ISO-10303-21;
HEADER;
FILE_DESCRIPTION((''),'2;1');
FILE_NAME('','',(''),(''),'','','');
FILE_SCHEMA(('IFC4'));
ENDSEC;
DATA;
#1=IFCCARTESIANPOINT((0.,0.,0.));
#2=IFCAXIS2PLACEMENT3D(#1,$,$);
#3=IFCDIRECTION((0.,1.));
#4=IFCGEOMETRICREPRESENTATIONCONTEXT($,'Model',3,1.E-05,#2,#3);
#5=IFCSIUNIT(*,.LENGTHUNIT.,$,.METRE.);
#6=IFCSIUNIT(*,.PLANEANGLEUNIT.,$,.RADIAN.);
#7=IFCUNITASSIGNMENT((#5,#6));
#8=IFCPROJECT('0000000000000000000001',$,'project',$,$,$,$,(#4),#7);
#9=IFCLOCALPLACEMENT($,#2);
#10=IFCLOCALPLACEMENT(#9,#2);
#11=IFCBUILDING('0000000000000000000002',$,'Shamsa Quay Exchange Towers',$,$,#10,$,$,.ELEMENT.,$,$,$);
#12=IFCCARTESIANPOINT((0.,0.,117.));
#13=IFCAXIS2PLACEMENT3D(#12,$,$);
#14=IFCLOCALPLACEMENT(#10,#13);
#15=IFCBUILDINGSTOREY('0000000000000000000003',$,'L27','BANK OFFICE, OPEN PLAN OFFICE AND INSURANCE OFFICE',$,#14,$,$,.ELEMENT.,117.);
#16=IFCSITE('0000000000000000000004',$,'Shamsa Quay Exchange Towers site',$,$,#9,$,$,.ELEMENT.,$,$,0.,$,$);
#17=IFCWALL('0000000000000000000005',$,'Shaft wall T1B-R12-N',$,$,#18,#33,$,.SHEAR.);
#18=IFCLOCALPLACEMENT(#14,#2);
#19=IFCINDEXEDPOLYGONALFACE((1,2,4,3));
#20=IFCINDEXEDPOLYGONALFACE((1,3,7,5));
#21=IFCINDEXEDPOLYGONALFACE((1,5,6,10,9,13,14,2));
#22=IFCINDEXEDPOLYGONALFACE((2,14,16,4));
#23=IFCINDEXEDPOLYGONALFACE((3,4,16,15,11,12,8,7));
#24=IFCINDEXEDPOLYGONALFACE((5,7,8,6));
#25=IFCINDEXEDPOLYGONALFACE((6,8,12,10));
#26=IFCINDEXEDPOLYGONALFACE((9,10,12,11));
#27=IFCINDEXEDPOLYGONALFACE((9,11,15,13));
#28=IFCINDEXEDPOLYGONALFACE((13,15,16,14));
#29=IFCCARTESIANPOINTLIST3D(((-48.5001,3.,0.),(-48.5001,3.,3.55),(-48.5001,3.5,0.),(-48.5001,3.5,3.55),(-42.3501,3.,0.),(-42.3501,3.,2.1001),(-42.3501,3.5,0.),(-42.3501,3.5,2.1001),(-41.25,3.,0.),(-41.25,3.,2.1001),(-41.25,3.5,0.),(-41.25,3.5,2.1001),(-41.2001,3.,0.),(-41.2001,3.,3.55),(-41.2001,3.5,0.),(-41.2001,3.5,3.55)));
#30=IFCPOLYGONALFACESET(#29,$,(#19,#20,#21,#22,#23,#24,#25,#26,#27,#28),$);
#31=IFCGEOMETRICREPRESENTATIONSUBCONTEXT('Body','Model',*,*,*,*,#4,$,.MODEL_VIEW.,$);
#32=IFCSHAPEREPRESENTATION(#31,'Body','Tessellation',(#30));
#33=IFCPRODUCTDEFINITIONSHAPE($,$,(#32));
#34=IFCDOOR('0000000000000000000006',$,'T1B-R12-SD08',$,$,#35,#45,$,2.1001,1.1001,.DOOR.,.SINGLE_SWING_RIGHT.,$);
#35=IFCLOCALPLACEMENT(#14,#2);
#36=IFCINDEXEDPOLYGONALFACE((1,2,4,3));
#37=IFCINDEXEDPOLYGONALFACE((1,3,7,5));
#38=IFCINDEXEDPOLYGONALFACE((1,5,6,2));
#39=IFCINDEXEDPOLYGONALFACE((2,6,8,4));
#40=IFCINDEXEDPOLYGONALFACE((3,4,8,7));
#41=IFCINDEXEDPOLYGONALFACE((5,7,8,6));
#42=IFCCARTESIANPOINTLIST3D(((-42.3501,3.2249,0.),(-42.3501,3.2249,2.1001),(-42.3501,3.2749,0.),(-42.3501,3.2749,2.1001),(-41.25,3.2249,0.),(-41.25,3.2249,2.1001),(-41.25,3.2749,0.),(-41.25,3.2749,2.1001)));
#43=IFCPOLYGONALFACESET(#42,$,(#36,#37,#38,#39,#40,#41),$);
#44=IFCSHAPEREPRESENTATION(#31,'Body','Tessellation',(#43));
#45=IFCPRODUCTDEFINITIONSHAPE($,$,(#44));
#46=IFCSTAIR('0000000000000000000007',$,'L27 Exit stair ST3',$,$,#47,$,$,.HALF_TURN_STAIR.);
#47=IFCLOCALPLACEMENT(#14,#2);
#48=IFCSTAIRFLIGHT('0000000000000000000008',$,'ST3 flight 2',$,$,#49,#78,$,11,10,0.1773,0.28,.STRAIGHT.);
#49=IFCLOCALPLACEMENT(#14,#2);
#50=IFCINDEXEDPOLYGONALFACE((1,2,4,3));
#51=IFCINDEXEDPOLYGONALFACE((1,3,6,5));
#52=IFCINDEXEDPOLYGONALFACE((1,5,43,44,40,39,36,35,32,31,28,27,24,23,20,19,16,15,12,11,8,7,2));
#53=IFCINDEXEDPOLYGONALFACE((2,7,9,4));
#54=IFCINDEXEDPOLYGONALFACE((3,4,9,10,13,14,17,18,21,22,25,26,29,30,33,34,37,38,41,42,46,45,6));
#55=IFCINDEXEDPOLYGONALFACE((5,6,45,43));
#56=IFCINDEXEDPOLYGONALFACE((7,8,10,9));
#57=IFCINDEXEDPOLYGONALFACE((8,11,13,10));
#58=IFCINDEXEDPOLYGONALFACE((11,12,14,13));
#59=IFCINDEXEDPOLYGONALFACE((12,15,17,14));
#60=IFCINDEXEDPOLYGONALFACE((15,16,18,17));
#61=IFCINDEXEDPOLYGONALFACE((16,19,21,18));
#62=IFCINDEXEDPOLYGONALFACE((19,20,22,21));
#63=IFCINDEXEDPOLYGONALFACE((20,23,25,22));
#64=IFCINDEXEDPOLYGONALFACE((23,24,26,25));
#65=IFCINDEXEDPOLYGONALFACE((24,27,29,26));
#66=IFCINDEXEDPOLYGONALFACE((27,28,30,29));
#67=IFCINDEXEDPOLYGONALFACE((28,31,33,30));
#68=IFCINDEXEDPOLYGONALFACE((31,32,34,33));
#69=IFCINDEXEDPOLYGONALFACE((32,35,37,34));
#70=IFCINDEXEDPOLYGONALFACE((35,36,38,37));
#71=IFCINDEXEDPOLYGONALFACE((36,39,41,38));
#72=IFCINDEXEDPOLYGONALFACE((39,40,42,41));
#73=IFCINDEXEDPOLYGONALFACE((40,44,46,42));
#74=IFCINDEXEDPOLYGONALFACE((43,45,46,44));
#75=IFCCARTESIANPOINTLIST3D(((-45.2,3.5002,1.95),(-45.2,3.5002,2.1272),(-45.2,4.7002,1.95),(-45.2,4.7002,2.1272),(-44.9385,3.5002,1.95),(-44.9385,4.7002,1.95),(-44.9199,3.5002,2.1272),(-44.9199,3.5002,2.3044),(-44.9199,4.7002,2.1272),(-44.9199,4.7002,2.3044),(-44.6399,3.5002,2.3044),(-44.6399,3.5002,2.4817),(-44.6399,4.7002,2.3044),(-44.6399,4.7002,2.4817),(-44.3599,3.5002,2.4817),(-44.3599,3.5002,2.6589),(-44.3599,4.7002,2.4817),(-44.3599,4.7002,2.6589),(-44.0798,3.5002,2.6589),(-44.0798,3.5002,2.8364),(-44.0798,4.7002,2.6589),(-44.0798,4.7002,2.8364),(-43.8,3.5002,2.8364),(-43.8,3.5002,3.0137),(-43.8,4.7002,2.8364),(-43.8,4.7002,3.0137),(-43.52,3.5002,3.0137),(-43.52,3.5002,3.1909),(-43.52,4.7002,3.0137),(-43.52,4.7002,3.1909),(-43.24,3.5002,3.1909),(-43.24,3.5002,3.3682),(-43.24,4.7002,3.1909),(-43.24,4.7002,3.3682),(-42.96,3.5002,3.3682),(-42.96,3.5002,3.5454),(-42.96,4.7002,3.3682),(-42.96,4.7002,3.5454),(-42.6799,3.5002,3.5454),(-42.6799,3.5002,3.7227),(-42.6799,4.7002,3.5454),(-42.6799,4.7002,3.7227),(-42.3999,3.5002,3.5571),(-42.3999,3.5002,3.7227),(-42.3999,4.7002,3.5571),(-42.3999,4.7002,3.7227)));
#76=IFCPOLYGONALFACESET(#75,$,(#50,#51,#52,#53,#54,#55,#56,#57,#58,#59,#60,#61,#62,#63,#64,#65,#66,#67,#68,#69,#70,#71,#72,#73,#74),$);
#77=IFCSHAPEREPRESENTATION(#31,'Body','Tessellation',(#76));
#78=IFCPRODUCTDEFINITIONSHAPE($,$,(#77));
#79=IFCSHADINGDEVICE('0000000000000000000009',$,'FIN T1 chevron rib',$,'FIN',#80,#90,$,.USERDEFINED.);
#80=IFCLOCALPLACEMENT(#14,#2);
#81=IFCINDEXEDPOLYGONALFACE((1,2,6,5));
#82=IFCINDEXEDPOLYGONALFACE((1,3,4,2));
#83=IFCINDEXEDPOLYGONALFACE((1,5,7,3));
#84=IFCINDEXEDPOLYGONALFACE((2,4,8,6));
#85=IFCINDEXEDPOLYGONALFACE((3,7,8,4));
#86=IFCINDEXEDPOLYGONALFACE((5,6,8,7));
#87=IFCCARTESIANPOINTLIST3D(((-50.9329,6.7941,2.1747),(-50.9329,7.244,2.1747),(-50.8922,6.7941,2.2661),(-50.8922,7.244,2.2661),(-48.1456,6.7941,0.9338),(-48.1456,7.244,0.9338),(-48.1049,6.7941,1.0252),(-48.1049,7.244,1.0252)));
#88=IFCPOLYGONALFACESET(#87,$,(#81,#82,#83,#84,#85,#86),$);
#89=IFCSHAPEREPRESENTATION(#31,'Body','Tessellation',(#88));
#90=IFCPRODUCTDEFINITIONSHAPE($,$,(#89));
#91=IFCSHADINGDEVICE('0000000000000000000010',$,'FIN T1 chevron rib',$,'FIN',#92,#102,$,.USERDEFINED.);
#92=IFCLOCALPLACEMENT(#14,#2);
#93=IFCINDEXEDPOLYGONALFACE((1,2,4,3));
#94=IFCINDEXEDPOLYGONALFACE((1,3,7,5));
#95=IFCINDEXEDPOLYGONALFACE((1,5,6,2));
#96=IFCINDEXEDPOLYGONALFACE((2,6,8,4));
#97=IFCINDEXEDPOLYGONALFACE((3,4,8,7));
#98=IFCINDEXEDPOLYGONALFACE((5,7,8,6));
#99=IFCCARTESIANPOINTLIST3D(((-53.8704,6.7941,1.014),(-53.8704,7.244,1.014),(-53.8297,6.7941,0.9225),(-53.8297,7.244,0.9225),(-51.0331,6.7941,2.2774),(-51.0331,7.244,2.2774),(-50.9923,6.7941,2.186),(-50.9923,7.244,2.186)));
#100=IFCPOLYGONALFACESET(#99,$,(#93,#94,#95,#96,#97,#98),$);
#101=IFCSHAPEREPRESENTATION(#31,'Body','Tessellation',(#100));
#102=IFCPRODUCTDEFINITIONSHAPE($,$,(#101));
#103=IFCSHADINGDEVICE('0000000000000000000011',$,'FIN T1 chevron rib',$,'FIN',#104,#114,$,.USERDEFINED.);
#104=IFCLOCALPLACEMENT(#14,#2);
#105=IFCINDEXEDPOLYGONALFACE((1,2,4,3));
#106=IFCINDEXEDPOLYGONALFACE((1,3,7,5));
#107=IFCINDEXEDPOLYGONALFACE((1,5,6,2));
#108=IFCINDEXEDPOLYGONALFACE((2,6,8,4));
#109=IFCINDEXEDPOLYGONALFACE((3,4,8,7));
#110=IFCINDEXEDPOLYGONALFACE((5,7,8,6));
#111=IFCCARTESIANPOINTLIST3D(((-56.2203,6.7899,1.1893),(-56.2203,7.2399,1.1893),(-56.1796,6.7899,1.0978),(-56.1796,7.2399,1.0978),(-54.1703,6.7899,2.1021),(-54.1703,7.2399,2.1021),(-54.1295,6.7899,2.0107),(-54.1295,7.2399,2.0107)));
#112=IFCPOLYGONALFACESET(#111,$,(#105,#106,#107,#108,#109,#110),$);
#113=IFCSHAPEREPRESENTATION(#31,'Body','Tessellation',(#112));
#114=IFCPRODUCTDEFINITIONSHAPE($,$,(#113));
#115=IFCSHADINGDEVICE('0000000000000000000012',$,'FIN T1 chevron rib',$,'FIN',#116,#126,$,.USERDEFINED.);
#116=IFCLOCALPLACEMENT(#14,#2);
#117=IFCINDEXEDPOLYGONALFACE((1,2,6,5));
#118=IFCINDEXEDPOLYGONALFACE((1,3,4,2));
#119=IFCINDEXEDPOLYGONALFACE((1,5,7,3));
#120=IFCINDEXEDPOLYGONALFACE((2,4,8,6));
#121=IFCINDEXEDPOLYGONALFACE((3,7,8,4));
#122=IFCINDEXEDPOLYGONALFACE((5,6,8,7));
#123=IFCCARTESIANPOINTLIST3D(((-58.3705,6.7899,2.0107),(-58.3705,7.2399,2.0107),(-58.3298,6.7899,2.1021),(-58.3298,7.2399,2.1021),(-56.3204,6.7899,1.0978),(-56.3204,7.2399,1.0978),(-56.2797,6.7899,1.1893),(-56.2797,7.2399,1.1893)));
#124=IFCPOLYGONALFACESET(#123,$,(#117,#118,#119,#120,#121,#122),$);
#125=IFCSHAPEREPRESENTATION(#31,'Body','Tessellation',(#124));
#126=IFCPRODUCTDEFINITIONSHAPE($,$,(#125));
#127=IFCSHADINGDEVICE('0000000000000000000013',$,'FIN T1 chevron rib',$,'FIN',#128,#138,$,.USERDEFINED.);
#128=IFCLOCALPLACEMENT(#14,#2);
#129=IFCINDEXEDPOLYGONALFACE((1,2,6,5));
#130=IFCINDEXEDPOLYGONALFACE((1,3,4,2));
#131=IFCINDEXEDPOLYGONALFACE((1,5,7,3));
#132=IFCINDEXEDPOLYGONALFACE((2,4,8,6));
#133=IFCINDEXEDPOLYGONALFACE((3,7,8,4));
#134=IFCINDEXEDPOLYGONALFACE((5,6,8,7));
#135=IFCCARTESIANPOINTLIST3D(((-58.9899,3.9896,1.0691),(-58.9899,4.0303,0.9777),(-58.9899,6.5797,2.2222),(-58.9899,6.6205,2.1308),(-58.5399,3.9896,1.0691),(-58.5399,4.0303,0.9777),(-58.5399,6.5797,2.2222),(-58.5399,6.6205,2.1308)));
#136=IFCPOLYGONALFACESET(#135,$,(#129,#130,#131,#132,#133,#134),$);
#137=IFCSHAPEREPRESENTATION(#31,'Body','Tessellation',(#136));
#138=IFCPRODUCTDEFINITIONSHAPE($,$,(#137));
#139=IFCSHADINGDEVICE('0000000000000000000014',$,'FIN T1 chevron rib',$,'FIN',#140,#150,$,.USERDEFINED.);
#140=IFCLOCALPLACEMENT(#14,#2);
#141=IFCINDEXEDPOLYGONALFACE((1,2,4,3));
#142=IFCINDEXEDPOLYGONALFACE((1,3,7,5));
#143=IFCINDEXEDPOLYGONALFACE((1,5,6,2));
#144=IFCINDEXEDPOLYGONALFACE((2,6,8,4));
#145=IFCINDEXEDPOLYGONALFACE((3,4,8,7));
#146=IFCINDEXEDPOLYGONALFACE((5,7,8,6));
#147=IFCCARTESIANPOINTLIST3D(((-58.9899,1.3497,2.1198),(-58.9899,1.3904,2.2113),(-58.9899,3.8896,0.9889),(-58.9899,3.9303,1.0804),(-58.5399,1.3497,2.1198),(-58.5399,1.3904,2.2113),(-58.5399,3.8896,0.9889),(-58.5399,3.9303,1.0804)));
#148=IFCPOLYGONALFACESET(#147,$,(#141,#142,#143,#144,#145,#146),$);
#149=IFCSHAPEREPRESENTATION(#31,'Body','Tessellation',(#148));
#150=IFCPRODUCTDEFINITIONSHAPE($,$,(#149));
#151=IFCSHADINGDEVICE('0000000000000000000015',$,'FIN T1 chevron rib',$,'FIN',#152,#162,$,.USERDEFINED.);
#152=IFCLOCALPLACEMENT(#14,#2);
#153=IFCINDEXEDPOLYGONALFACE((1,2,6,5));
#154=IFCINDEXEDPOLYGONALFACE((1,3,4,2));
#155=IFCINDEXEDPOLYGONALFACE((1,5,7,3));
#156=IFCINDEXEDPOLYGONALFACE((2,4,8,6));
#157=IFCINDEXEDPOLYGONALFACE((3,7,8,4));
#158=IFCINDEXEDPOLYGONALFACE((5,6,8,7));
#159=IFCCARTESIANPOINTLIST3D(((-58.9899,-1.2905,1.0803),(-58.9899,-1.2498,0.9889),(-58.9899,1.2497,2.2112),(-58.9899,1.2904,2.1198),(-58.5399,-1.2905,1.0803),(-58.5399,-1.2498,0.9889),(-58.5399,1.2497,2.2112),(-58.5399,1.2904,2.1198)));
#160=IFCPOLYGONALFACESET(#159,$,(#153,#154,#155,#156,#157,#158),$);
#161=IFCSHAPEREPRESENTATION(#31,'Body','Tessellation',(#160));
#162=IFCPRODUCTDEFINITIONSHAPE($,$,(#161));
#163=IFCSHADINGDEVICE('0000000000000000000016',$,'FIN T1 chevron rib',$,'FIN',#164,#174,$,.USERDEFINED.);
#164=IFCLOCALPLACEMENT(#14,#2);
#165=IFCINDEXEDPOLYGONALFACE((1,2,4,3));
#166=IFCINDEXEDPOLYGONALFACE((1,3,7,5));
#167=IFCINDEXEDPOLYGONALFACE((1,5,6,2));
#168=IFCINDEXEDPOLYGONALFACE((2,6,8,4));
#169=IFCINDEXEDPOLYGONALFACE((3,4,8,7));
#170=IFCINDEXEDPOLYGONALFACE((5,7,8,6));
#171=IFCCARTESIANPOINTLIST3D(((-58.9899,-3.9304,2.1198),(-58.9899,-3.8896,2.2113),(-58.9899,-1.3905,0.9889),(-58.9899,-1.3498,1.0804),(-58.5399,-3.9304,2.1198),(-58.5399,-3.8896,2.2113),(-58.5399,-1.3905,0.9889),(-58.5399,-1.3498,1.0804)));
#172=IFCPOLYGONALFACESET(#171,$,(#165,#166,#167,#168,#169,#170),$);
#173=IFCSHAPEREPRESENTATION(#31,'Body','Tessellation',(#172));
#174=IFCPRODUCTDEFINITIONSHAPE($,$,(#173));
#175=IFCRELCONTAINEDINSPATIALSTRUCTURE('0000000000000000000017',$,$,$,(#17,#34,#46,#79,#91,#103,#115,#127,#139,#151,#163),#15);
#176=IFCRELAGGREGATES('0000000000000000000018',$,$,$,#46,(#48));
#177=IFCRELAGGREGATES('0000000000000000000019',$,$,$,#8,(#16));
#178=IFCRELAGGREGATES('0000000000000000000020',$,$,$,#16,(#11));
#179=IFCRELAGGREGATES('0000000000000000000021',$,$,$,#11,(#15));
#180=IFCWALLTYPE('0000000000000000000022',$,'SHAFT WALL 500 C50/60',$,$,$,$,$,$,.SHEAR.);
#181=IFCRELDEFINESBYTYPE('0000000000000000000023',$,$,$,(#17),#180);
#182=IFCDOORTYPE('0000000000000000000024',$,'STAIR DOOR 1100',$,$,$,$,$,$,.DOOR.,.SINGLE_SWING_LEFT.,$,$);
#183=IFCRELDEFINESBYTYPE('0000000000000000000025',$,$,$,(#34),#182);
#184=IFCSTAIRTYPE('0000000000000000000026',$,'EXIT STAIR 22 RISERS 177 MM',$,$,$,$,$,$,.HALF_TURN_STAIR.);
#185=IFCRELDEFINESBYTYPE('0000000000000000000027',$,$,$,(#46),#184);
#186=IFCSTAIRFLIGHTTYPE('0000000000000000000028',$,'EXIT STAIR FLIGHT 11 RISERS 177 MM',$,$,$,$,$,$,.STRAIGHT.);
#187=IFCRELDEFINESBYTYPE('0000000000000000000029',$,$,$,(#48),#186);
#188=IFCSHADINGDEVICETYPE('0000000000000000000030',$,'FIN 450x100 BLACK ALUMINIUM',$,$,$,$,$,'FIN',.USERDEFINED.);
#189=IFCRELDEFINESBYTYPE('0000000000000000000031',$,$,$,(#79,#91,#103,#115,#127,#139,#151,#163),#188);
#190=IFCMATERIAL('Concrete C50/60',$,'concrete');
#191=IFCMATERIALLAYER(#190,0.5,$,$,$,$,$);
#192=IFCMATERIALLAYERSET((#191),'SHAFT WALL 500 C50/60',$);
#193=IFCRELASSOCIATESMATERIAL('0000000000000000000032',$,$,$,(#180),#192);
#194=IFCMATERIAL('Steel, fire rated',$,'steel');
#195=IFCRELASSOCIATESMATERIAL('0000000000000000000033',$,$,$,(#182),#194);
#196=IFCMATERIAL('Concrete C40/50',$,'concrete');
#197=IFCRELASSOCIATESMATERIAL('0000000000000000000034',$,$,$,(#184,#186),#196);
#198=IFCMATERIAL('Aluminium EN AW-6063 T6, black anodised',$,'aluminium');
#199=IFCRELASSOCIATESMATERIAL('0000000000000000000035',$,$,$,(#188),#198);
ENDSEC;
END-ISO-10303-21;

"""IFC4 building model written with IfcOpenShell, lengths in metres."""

from ifc_helpers import new_model, si_unit, direction, frame, frame_2d, origin, origin_2d, place, context, subcontext, project, spatial, polyline, rectangle, outline, extrude, material, layer, layer_set, material_profile, profile_set, type_object, element, fill, aggregate, save


model = new_model("IFC4")

# Units and contexts
model_context = context("Model", 3, precision=1e-05, world=origin(), true_north=direction((0.0, 1.0)))
body_context = subcontext(model_context, "Body", "Model", "MODEL_VIEW")
ifc_project = project(units=[si_unit("LENGTHUNIT", "METRE"), si_unit("PLANEANGLEUNIT", "RADIAN")], contexts=[model_context])

# Site, building, storey
site_placement = place(None, origin())
site = spatial("IfcSite", under=ifc_project, at=site_placement, Name="Shamsa Quay Exchange Towers site", CompositionType="ELEMENT", RefElevation=0.0)
building_placement = place(site_placement, origin())
building = spatial("IfcBuilding", under=site, at=building_placement, Name="Shamsa Quay Exchange Towers", CompositionType="ELEMENT")
storey_placement = place(building_placement, frame((0.0, 0.0, 117.0)))
storey = spatial("IfcBuildingStorey", under=building, at=storey_placement, Name="L27", Description="BANK OFFICE, OPEN PLAN OFFICE AND INSURANCE OFFICE", CompositionType="ELEMENT", Elevation=117.0)

# Shared definitions
ifc_material_1 = material(Name="Aluminium EN AW-6063 T6, black anodised", Category="aluminium")

# Shared definitions
ifc_material_2 = material(Name="Concrete C50/60", Category="concrete")
ifc_material_3 = material(Name="Steel, fire rated", Category="steel")

# Wall, opening, door
ifc_layer_1 = layer(ifc_material_2, 0.5)
ifc_layer_set_1 = layer_set([ifc_layer_1], Name="SHAFT WALL 500 C50/60")
wall_type_1 = type_object("IfcWallType", Name="SHAFT WALL 500 C50/60", PredefinedType="SHEAR", material=ifc_layer_set_1)
wall_1_placement = place(storey_placement, frame((-48.5, 3.25, 0.0)))
wall_1 = element("IfcWall", 1, at=wall_1_placement, inside=storey, type_object=wall_type_1, Name="Shaft wall T1B-R12-N", PredefinedType="SHEAR", context=body_context, shape_type="SweptSolid", body=[
    extrude(rectangle(XDim=7.3, YDim=0.5, at=frame_2d((3.6499, 0.0))), origin(), (0.0, 0.0, 1.0), 3.55),
])
opening_1_placement = place(wall_1_placement, frame((6.1499, 0.0, 0.0)))
opening_1 = element("IfcOpeningElement", 2, at=opening_1_placement, cuts=wall_1, PredefinedType="OPENING", context=body_context, shape_type="SweptSolid", body=[
    extrude(rectangle(XDim=1.1001, YDim=2.1001, at=frame_2d((0.55, 1.05))), frame((0.0, 0.26, 0.0), z_axis=(0.0, -1.0, 0.0), x_axis=(1.0, 0.0, 0.0)), (0.0, 0.0, 1.0), 0.52),
])
door_type_1 = type_object("IfcDoorType", Name="STAIR DOOR 1100", OperationType="SINGLE_SWING_LEFT", PredefinedType="DOOR", material=ifc_material_3)
door_1_placement = place(opening_1_placement, origin())
door_1 = element("IfcDoor", 3, at=door_1_placement, inside=storey, type_object=door_type_1, Name="T1B-R12-SD08", OperationType="SINGLE_SWING_RIGHT", OverallHeight=2.1001, OverallWidth=1.1001, PredefinedType="DOOR", context=body_context, shape_type="SweptSolid", body=[
    extrude(rectangle(XDim=1.1001, YDim=2.1001, at=frame_2d((0.55, 1.05))), frame((0.0, 0.0249, 0.0), z_axis=(0.0, -1.0, 0.0), x_axis=(1.0, 0.0, 0.0)), (0.0, 0.0, 1.0), 0.05),
])
fill(opening_1, door_1)

# Stair, stair flight
ifc_material_4 = material(Name="Concrete C40/50", Category="concrete")
stair_type = type_object("IfcStairType", Name="EXIT STAIR 22 RISERS 177 MM", PredefinedType="HALF_TURN_STAIR", material=ifc_material_4)
stair_placement = place(storey_placement, origin())
stair = element("IfcStair", 4, at=stair_placement, inside=storey, type_object=stair_type, Name="L27 Exit stair ST3", PredefinedType="HALF_TURN_STAIR")
stair_flight_type = type_object("IfcStairFlightType", Name="EXIT STAIR FLIGHT 11 RISERS 177 MM", PredefinedType="STRAIGHT", material=ifc_material_4)
stair_flight_placement = place(storey_placement, frame((-45.2, 4.1001, 1.95)))
stair_flight = element("IfcStairFlight", 5, at=stair_flight_placement, type_object=stair_flight_type, Name="ST3 flight 2", NumberOfRisers=11, NumberOfTreads=10, PredefinedType="STRAIGHT", RiserHeight=0.1773, TreadLength=0.28, context=body_context, shape_type="SweptSolid", body=[
    extrude(outline(polyline([(0.0, 0.0), (0.0, 0.1772), (0.28, 0.1772), (0.28, 0.3545), (0.5601, 0.3545), (0.5601, 0.5317), (0.8401, 0.5317), (0.8401, 0.709), (1.1201, 0.709), (1.1201, 0.8865), (1.3999, 0.8865), (1.3999, 1.0637), (1.6799, 1.0637), (1.6799, 1.241), (1.96, 1.241), (1.96, 1.4182), (2.24, 1.4182), (2.24, 1.5955), (2.52, 1.5955), (2.52, 1.7727), (2.8, 1.7727), (2.8, 1.95), (2.8, 1.6072), (0.2615, 0.0), (0.0, 0.0)])), frame((0.0, 0.6001, 0.0), z_axis=(0.0, -1.0, 0.0), x_axis=(1.0, 0.0, 0.0)), (0.0, 0.0, 1.0), 1.2),
])
aggregate(stair, [stair_flight])

# Shading devices
ifc_material_profile_1 = material_profile(ifc_material_1, rectangle(XDim=0.45, YDim=0.1001, at=origin_2d()), Name="FIN450x100")
ifc_profile_set_1 = profile_set([ifc_material_profile_1], Name="Aluminium EN AW-6063 T6, black anodised")
shading_device_type = type_object("IfcShadingDeviceType", Name="FIN 450x100 BLACK ALUMINIUM", ElementType="FIN", PredefinedType="USERDEFINED", material=ifc_profile_set_1)
shading_device_1_placement = place(storey_placement, frame((-48.1252, 7.019, 0.9795), z_axis=(-0.913551, 0.0, 0.406725), x_axis=(0.0, -1.0, 0.0)))
element("IfcShadingDevice", 6, at=shading_device_1_placement, inside=storey, type_object=shading_device_type, Name="FIN T1 chevron rib", ObjectType="FIN", PredefinedType="USERDEFINED", context=body_context, shape_type="SweptSolid", body=[
    extrude(rectangle(XDim=0.45, YDim=0.1001, at=origin_2d()), origin(), (0.0, 0.0, 1.0), 3.051),
])
shading_device_2_placement = place(storey_placement, frame((-51.0127, 7.019, 2.2317), z_axis=(-0.913529, 0.0, -0.406773), x_axis=(0.0, -1.0, 0.0)))
element("IfcShadingDevice", 7, at=shading_device_2_placement, inside=storey, type_object=shading_device_type, Name="FIN T1 chevron rib", ObjectType="FIN", PredefinedType="USERDEFINED", context=body_context, shape_type="SweptSolid", body=[
    extrude(rectangle(XDim=0.45, YDim=0.1001, at=origin_2d()), origin(), (0.0, 0.0, 1.0), 3.106),
])
for number, where, z_axis, x_axis, name in (
    (8, (-54.1499, 7.0149, 2.0564), (-0.913529, 0.0, -0.406774), (0.0, -1.0, 0.0), "FIN T1 chevron rib"),
    (9, (-56.3, 7.0149, 1.1436), (-0.913529, 0.0, 0.406774), (0.0, -1.0, 0.0), "FIN T1 chevron rib"),
):
    element("IfcShadingDevice", number, at=place(storey_placement, frame(where, z_axis=z_axis, x_axis=x_axis)), inside=storey, type_object=shading_device_type, Name=name, ObjectType="FIN", PredefinedType="USERDEFINED", context=body_context, shape_type="SweptSolid", body=[
        extrude(rectangle(XDim=0.45, YDim=0.1001, at=origin_2d()), origin(), (0.0, 0.0, 1.0), 2.2441),
    ])
shading_device_3_placement = place(storey_placement, frame((-58.7649, 6.6001, 2.1765), z_axis=(0.0, -0.913559, -0.406706), x_axis=(1.0, 0.0, 0.0)))
element("IfcShadingDevice", 10, at=shading_device_3_placement, inside=storey, type_object=shading_device_type, Name="FIN T1 chevron rib", ObjectType="FIN", PredefinedType="USERDEFINED", context=body_context, shape_type="SweptSolid", body=[
    extrude(rectangle(XDim=0.45, YDim=0.1001, at=origin_2d()), origin(), (0.0, 0.0, 1.0), 2.8352),
])
shading_device_4_placement = place(storey_placement, frame((-58.7649, 3.9099, 1.0347), z_axis=(0.0, -0.913536, 0.406758), x_axis=(1.0, 0.0, 0.0)))
element("IfcShadingDevice", 11, at=shading_device_4_placement, inside=storey, type_object=shading_device_type, Name="FIN T1 chevron rib", ObjectType="FIN", PredefinedType="USERDEFINED", context=body_context, shape_type="SweptSolid", body=[
    extrude(rectangle(XDim=0.45, YDim=0.1001, at=origin_2d()), origin(), (0.0, 0.0, 1.0), 2.7803),
])
shading_device_5_placement = place(storey_placement, frame((-58.7649, 1.27, 2.1655), z_axis=(0.0, -0.913551, -0.406725), x_axis=(1.0, 0.0, 0.0)))
element("IfcShadingDevice", 12, at=shading_device_5_placement, inside=storey, type_object=shading_device_type, Name="FIN T1 chevron rib", ObjectType="FIN", PredefinedType="USERDEFINED", context=body_context, shape_type="SweptSolid", body=[
    extrude(rectangle(XDim=0.45, YDim=0.1001, at=origin_2d()), origin(), (0.0, 0.0, 1.0), 2.7805),
])
shading_device_6_placement = place(storey_placement, frame((-58.7649, -1.3701, 1.0347), z_axis=(0.0, -0.913536, 0.406758), x_axis=(1.0, 0.0, 0.0)))
element("IfcShadingDevice", 13, at=shading_device_6_placement, inside=storey, type_object=shading_device_type, Name="FIN T1 chevron rib", ObjectType="FIN", PredefinedType="USERDEFINED", context=body_context, shape_type="SweptSolid", body=[
    extrude(rectangle(XDim=0.45, YDim=0.1001, at=origin_2d()), origin(), (0.0, 0.0, 1.0), 2.7803),
])

save(model, "model.ifc")
